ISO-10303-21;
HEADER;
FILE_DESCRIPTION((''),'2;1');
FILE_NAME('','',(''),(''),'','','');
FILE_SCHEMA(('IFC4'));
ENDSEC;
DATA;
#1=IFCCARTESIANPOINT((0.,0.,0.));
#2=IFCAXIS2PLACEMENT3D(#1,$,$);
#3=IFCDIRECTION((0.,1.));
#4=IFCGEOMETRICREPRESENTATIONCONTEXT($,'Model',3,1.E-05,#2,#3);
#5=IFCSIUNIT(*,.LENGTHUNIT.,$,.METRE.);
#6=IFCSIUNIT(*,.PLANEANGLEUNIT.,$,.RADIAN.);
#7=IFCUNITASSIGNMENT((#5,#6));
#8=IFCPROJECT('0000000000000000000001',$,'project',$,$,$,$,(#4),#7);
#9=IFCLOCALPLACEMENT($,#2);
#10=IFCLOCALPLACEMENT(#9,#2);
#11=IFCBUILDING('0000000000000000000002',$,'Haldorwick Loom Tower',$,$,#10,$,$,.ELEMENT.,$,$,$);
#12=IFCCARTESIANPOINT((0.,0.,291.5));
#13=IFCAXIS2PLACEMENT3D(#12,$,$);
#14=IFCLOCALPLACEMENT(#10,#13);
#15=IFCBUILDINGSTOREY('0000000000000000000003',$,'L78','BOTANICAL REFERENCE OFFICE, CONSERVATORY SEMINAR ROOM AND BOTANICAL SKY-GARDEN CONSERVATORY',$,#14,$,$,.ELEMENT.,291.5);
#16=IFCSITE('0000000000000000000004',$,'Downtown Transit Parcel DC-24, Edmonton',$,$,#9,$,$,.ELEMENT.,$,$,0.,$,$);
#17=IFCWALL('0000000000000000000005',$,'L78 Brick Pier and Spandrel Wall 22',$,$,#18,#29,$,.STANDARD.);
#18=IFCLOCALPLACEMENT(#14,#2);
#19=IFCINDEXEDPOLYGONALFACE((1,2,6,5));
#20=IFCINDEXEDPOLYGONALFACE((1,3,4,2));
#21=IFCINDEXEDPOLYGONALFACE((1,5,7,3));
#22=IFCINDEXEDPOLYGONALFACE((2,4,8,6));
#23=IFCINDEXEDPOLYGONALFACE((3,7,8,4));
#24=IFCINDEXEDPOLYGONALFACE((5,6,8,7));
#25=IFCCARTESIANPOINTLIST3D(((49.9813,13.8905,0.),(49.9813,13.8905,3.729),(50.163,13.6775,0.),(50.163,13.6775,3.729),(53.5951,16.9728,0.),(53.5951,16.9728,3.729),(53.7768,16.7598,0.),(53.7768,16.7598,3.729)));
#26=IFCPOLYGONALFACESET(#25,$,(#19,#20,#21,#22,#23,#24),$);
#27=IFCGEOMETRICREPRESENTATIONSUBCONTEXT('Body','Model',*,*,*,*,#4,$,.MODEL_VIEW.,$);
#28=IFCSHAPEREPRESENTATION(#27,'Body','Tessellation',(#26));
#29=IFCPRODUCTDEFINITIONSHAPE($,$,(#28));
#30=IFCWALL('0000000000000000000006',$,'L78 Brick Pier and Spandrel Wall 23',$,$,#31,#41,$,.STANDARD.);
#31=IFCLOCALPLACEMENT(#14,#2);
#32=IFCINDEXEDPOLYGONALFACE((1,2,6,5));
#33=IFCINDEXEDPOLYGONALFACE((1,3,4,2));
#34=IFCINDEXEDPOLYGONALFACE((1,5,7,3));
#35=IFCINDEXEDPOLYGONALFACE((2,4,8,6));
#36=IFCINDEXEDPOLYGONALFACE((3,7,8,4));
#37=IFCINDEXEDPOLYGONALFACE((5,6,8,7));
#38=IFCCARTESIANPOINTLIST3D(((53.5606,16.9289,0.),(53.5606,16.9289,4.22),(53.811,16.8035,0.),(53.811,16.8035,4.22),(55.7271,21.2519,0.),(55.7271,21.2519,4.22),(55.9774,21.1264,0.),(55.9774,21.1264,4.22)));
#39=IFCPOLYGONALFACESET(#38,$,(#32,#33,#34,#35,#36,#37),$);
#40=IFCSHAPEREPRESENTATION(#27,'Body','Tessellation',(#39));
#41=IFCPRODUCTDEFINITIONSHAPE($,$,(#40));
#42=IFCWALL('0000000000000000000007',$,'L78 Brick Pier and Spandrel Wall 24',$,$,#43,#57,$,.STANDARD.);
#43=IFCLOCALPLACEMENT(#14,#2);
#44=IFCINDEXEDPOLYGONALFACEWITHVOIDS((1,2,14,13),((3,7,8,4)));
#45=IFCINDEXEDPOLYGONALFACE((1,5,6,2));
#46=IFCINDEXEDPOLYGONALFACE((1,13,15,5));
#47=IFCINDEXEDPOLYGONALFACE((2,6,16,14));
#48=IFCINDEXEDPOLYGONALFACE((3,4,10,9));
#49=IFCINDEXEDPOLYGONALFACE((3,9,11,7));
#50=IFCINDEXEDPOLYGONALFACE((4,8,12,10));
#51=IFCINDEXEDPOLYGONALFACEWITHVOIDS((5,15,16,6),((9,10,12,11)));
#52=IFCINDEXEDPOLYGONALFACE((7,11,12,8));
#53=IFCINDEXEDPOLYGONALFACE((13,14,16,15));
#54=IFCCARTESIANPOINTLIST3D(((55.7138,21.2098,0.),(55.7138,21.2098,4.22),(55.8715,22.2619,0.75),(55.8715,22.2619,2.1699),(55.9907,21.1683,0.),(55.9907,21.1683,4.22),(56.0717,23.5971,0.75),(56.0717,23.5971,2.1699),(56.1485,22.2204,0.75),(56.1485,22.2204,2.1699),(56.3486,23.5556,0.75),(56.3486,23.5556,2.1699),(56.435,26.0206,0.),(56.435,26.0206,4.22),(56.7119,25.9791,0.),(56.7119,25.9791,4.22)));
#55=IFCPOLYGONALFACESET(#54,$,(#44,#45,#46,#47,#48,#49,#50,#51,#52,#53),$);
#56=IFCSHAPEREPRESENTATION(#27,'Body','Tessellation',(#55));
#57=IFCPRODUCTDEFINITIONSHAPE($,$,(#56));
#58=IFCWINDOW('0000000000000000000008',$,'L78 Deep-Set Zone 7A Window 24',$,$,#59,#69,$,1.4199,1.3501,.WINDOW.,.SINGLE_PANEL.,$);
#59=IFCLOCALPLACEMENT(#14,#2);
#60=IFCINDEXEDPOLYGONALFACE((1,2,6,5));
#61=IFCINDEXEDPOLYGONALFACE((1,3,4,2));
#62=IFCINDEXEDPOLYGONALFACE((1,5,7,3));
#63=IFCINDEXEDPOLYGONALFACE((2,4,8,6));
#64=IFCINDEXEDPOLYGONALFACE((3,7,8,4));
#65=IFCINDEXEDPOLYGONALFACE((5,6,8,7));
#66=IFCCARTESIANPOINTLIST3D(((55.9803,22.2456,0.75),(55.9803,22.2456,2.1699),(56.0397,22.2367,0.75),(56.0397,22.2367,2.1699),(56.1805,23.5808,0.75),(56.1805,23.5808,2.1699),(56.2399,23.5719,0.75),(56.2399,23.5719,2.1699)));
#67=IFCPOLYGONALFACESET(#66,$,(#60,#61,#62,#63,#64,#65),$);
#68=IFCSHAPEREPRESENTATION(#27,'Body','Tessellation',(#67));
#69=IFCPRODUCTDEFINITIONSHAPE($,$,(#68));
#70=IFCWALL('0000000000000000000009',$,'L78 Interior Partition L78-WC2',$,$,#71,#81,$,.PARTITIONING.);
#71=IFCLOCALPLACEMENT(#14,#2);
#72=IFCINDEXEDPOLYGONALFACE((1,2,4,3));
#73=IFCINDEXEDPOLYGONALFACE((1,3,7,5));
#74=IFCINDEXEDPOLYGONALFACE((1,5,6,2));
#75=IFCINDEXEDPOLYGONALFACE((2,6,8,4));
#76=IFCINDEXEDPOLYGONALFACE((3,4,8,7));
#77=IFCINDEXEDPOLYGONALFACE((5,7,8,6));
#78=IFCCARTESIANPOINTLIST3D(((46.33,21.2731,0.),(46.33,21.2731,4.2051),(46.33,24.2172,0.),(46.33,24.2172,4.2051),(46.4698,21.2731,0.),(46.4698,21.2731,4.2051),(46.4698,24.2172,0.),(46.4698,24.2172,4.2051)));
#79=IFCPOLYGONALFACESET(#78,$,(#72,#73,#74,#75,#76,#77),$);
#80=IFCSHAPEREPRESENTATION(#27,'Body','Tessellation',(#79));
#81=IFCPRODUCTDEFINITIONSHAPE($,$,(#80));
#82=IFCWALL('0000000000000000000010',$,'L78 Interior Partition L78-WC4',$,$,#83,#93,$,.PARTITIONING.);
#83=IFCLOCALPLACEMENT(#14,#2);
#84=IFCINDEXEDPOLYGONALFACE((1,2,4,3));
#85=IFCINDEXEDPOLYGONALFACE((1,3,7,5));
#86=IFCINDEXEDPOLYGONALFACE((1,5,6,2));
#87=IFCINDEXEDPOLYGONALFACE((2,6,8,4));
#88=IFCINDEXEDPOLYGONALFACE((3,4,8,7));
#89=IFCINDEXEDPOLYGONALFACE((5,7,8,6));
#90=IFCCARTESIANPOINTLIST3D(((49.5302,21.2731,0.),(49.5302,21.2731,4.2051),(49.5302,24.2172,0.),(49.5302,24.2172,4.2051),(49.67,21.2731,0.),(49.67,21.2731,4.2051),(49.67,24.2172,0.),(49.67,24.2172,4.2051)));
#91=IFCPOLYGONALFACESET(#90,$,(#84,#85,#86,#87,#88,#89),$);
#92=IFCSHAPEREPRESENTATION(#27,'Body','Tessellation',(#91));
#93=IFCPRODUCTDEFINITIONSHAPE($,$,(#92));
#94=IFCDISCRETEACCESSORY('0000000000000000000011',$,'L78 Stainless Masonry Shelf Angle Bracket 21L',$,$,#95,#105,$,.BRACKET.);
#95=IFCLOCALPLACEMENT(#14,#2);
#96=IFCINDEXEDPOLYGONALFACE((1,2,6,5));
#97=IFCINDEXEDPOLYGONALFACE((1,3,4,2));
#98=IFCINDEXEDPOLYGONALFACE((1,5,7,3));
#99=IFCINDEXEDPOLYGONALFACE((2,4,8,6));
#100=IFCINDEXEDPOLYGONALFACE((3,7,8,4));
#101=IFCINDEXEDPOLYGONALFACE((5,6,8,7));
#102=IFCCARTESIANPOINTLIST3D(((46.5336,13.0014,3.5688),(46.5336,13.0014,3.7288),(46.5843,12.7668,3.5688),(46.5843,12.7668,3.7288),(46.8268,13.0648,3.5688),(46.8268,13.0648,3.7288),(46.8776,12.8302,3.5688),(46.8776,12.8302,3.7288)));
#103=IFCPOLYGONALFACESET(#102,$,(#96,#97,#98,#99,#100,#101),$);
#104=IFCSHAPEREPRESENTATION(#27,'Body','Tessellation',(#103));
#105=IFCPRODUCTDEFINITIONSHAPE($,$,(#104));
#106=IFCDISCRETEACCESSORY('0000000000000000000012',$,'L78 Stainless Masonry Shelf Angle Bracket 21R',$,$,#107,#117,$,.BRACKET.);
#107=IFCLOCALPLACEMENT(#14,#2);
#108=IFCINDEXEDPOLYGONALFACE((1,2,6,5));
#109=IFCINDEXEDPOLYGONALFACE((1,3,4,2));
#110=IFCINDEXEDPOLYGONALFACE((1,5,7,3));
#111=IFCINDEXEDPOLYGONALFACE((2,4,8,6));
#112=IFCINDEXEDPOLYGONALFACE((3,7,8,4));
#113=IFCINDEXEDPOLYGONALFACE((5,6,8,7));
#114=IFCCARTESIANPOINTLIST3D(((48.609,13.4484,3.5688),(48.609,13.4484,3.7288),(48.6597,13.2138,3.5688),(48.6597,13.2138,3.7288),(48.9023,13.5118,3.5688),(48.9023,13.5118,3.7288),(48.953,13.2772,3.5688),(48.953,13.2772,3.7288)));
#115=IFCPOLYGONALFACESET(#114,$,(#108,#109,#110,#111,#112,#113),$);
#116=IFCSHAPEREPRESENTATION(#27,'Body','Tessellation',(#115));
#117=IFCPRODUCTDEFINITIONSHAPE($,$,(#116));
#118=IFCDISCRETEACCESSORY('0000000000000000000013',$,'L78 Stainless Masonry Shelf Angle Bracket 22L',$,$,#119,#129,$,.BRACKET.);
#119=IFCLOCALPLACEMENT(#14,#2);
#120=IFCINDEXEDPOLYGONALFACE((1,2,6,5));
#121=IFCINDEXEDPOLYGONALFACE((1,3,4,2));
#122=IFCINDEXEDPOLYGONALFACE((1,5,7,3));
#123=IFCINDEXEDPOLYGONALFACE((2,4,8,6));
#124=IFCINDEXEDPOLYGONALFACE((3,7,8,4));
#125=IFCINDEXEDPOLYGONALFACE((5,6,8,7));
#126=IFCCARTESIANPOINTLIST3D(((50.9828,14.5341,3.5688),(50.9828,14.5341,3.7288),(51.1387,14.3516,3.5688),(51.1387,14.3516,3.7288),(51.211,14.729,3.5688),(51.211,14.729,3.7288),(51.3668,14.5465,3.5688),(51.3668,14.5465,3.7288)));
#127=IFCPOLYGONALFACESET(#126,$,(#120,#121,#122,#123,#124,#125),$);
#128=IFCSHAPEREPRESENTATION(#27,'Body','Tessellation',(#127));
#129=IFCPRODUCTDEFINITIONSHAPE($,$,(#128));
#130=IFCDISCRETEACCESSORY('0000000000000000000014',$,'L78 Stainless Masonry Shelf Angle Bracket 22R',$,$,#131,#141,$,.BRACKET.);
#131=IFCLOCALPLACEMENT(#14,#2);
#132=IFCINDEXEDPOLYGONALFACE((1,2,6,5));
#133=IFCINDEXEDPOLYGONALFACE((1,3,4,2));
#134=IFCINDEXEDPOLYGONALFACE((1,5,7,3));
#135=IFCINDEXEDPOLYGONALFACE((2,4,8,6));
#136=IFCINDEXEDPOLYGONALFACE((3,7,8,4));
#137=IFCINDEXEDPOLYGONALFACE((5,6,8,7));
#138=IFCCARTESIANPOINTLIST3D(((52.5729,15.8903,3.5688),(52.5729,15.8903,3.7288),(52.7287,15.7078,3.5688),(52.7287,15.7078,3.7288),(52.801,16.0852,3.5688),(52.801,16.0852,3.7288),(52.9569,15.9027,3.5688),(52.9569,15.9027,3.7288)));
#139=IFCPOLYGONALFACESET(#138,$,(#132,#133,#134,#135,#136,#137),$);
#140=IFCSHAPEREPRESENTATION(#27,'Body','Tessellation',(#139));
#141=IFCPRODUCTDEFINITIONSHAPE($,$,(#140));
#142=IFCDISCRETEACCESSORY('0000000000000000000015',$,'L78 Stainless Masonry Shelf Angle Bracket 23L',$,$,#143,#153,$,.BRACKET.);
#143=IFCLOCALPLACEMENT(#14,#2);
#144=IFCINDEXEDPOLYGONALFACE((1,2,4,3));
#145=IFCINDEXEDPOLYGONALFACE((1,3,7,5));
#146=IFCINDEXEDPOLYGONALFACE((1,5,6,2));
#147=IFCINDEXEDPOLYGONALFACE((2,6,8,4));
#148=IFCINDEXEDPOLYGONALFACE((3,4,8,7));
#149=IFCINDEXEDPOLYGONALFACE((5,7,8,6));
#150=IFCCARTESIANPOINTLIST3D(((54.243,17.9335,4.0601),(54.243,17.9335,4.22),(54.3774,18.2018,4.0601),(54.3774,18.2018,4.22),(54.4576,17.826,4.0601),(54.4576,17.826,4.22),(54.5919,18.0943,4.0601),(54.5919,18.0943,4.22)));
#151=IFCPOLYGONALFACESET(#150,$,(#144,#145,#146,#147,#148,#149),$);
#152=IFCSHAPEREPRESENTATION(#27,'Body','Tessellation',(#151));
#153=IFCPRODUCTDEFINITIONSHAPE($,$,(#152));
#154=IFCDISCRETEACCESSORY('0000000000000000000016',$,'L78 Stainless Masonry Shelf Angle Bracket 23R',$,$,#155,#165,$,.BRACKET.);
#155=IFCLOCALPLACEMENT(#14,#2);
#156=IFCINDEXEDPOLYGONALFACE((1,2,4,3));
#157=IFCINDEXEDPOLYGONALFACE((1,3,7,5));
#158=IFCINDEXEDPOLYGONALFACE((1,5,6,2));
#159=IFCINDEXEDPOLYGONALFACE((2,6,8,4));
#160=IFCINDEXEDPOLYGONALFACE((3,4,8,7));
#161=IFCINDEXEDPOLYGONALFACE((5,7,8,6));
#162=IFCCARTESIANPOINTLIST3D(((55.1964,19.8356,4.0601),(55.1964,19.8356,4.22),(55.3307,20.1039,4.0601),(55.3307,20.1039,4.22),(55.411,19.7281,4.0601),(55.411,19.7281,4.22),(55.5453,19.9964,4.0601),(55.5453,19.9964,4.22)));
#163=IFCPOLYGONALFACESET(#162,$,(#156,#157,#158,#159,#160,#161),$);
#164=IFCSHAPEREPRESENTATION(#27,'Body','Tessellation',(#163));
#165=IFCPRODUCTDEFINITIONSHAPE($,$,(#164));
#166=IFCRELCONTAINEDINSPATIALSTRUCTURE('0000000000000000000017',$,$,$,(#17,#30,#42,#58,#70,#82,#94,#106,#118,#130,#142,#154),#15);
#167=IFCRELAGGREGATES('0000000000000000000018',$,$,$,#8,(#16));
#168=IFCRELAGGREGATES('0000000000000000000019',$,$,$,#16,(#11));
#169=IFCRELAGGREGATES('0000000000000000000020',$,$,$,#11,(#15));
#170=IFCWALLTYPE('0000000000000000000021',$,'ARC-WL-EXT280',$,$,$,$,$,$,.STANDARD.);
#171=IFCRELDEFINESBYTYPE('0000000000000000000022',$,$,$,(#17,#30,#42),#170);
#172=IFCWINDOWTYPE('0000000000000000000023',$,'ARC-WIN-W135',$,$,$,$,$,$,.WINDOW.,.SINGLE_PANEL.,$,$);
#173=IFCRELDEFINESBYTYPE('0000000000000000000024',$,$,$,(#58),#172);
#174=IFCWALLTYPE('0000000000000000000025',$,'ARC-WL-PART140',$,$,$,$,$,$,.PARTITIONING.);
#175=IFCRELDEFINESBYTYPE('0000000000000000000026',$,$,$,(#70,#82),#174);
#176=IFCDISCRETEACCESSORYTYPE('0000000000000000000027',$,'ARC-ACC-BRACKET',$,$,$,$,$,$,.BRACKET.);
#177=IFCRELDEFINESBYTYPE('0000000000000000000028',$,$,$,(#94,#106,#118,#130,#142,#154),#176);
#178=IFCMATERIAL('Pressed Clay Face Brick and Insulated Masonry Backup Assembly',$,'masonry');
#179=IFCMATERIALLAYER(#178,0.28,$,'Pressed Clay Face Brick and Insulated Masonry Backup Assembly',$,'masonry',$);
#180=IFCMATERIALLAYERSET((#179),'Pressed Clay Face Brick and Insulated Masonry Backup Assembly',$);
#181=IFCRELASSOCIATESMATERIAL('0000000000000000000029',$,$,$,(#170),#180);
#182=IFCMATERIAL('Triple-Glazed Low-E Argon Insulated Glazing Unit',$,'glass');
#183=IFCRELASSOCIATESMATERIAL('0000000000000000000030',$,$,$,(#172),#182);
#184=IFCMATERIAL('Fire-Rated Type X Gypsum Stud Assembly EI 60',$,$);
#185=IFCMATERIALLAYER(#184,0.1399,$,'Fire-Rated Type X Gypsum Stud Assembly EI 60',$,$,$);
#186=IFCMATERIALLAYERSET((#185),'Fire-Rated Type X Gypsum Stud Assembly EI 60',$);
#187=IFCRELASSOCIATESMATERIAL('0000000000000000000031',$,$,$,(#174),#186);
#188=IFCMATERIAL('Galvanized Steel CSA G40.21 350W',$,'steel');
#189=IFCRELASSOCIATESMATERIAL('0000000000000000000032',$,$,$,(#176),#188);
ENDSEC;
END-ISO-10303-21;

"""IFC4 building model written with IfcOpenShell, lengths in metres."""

from ifc_helpers import new_model, si_unit, direction, frame, frame_2d, origin, origin_2d, place, context, subcontext, project, spatial, rectangle, extrude, material, layer, layer_set, type_object, element, fill, save


model = new_model("IFC4")

# Units and contexts
model_context = context("Model", 3, precision=1e-05, world=origin(), true_north=direction((0.0, 1.0)))
body_context = subcontext(model_context, "Body", "Model", "MODEL_VIEW")
ifc_project = project(units=[si_unit("LENGTHUNIT", "METRE"), si_unit("PLANEANGLEUNIT", "RADIAN")], contexts=[model_context])

# Site, building, storey
site_placement = place(None, origin())
site = spatial("IfcSite", under=ifc_project, at=site_placement, Name="Downtown Transit Parcel DC-24, Edmonton", CompositionType="ELEMENT", RefElevation=0.0)
building_placement = place(site_placement, origin())
building = spatial("IfcBuilding", under=site, at=building_placement, Name="Haldorwick Loom Tower", CompositionType="ELEMENT")
storey_placement = place(building_placement, frame((0.0, 0.0, 291.5)))
storey = spatial("IfcBuildingStorey", under=building, at=storey_placement, Name="L78", Description="BOTANICAL REFERENCE OFFICE, CONSERVATORY SEMINAR ROOM AND BOTANICAL SKY-GARDEN CONSERVATORY", CompositionType="ELEMENT", Elevation=291.5)

# Walls
ifc_material_1 = material(Name="Pressed Clay Face Brick and Insulated Masonry Backup Assembly", Category="masonry")
ifc_layer_1 = layer(ifc_material_1, 0.28, Name="Pressed Clay Face Brick and Insulated Masonry Backup Assembly", Category="masonry")
ifc_layer_set_1 = layer_set([ifc_layer_1], Name="Pressed Clay Face Brick and Insulated Masonry Backup Assembly")
wall_type_1 = type_object("IfcWallType", Name="ARC-WL-EXT280", PredefinedType="STANDARD", material=ifc_layer_set_1)
wall_1_placement = place(storey_placement, frame((50.072, 13.7839, 0.0), z_axis=(0.0, 0.0, 1.0), x_axis=(0.76084, 0.64894, 0.0)))
element("IfcWall", 1, at=wall_1_placement, inside=storey, type_object=wall_type_1, Name="L78 Brick Pier and Spandrel Wall 22", PredefinedType="STANDARD", context=body_context, shape_type="SweptSolid", body=[
    extrude(rectangle(XDim=4.7498, YDim=0.28, at=frame_2d((2.375, 0.0))), origin(), (0.0, 0.0, 1.0), 3.729),
])
wall_2_placement = place(storey_placement, frame((53.6858, 16.8662, 0.0), z_axis=(0.0, 0.0, 1.0), x_axis=(0.448041, 0.894013, 0.0)))
element("IfcWall", 2, at=wall_2_placement, inside=storey, type_object=wall_type_1, Name="L78 Brick Pier and Spandrel Wall 23", PredefinedType="STANDARD", context=body_context, shape_type="SweptSolid", body=[
    extrude(rectangle(XDim=4.8354, YDim=0.28, at=frame_2d((2.4177, 0.0))), origin(), (0.0, 0.0, 1.0), 4.22),
])

# Wall, opening, window
wall_3_placement = place(storey_placement, frame((55.8523, 21.1892, 0.0), z_axis=(0.0, 0.0, 1.0), x_axis=(0.148255, 0.988949, 0.0)))
wall_3 = element("IfcWall", 3, at=wall_3_placement, inside=storey, type_object=wall_type_1, Name="L78 Brick Pier and Spandrel Wall 24", PredefinedType="STANDARD", context=body_context, shape_type="SweptSolid", body=[
    extrude(rectangle(XDim=4.8645, YDim=0.28, at=frame_2d((2.4321, 0.0))), origin(), (0.0, 0.0, 1.0), 4.22),
])
opening_placement = place(wall_3_placement, frame((1.0637, 0.0, 0.75)))
opening = element("IfcOpeningElement", 4, at=opening_placement, cuts=wall_3, PredefinedType="OPENING", context=body_context, shape_type="SweptSolid", body=[
    extrude(rectangle(XDim=1.3501, YDim=1.4199, at=frame_2d((0.675, 0.71))), frame((0.0, 0.1499, 0.0), z_axis=(0.0, -1.0, 0.0), x_axis=(1.0, 0.0, 0.0)), (0.0, 0.0, 1.0), 0.3),
])
ifc_material_2 = material(Name="Triple-Glazed Low-E Argon Insulated Glazing Unit", Category="glass")
window_type = type_object("IfcWindowType", Name="ARC-WIN-W135", PartitioningType="SINGLE_PANEL", PredefinedType="WINDOW", material=ifc_material_2)
window_placement = place(opening_placement, origin())
window = element("IfcWindow", 5, at=window_placement, inside=storey, type_object=window_type, Name="L78 Deep-Set Zone 7A Window 24", OverallHeight=1.4199, OverallWidth=1.3501, PartitioningType="SINGLE_PANEL", PredefinedType="WINDOW", context=body_context, shape_type="SweptSolid", body=[
    extrude(rectangle(XDim=1.3501, YDim=1.4199, at=frame_2d((0.675, 0.71))), frame((0.0, 0.03, 0.0), z_axis=(0.0, -1.0, 0.0), x_axis=(1.0, 0.0, 0.0)), (0.0, 0.0, 1.0), 0.0601),
])
fill(opening, window)

# Walls
ifc_material_3 = material(Name="Fire-Rated Type X Gypsum Stud Assembly EI 60")
ifc_layer_2 = layer(ifc_material_3, 0.1399, Name="Fire-Rated Type X Gypsum Stud Assembly EI 60")
ifc_layer_set_2 = layer_set([ifc_layer_2], Name="Fire-Rated Type X Gypsum Stud Assembly EI 60")
wall_type_2 = type_object("IfcWallType", Name="ARC-WL-PART140", PredefinedType="PARTITIONING", material=ifc_layer_set_2)
for number, where, z_axis, x_axis, name in (
    (6, (46.3999, 21.2729, 0.0), (0.0, 0.0, 1.0), (0.0, 1.0, 0.0), "L78 Interior Partition L78-WC2"),
    (7, (49.6001, 21.2729, 0.0), (0.0, 0.0, 1.0), (0.0, 1.0, 0.0), "L78 Interior Partition L78-WC4"),
):
    element("IfcWall", number, at=place(storey_placement, frame(where, z_axis=z_axis, x_axis=x_axis)), inside=storey, type_object=wall_type_2, Name=name, PredefinedType="PARTITIONING", context=body_context, shape_type="SweptSolid", body=[
        extrude(rectangle(XDim=2.9441, YDim=0.1399, at=frame_2d((1.4722, 0.0))), origin(), (0.0, 0.0, 1.0), 4.2051),
    ])

# Discrete accessories
ifc_material_4 = material(Name="Galvanized Steel CSA G40.21 350W", Category="steel")
discrete_accessory_type = type_object("IfcDiscreteAccessoryType", Name="ARC-ACC-BRACKET", PredefinedType="BRACKET", material=ifc_material_4)
for number, where, z_axis, x_axis, name in (
    (8, (46.7056, 12.9158, 3.5688), (0.0, 0.0, 1.0), (0.977416, 0.211325, 0.0), "L78 Stainless Masonry Shelf Angle Bracket 21L"),
    (9, (48.781, 13.3628, 3.5688), (0.0, 0.0, 1.0), (0.977416, 0.211325, 0.0), "L78 Stainless Masonry Shelf Angle Bracket 21R"),
    (10, (51.1748, 14.5403, 3.5688), (0.0, 0.0, 1.0), (0.760406, 0.649448, 0.0), "L78 Stainless Masonry Shelf Angle Bracket 22L"),
    (11, (52.7649, 15.8965, 3.5688), (0.0, 0.0, 1.0), (0.760406, 0.649448, 0.0), "L78 Stainless Masonry Shelf Angle Bracket 22R"),
    (12, (54.4175, 18.0139, 4.0601), (0.0, 0.0, 1.0), (0.447759, 0.894154, 0.0), "L78 Stainless Masonry Shelf Angle Bracket 23L"),
    (13, (55.3708, 19.916, 4.0601), (0.0, 0.0, 1.0), (0.447759, 0.894154, 0.0), "L78 Stainless Masonry Shelf Angle Bracket 23R"),
):
    element("IfcDiscreteAccessory", number, at=place(storey_placement, frame(where, z_axis=z_axis, x_axis=x_axis)), inside=storey, type_object=discrete_accessory_type, Name=name, PredefinedType="BRACKET", context=body_context, shape_type="SweptSolid", body=[
        extrude(rectangle(XDim=0.3, YDim=0.24, at=origin_2d()), origin(), (0.0, 0.0, 1.0), 0.1599),
    ])

save(model, "model.ifc")
